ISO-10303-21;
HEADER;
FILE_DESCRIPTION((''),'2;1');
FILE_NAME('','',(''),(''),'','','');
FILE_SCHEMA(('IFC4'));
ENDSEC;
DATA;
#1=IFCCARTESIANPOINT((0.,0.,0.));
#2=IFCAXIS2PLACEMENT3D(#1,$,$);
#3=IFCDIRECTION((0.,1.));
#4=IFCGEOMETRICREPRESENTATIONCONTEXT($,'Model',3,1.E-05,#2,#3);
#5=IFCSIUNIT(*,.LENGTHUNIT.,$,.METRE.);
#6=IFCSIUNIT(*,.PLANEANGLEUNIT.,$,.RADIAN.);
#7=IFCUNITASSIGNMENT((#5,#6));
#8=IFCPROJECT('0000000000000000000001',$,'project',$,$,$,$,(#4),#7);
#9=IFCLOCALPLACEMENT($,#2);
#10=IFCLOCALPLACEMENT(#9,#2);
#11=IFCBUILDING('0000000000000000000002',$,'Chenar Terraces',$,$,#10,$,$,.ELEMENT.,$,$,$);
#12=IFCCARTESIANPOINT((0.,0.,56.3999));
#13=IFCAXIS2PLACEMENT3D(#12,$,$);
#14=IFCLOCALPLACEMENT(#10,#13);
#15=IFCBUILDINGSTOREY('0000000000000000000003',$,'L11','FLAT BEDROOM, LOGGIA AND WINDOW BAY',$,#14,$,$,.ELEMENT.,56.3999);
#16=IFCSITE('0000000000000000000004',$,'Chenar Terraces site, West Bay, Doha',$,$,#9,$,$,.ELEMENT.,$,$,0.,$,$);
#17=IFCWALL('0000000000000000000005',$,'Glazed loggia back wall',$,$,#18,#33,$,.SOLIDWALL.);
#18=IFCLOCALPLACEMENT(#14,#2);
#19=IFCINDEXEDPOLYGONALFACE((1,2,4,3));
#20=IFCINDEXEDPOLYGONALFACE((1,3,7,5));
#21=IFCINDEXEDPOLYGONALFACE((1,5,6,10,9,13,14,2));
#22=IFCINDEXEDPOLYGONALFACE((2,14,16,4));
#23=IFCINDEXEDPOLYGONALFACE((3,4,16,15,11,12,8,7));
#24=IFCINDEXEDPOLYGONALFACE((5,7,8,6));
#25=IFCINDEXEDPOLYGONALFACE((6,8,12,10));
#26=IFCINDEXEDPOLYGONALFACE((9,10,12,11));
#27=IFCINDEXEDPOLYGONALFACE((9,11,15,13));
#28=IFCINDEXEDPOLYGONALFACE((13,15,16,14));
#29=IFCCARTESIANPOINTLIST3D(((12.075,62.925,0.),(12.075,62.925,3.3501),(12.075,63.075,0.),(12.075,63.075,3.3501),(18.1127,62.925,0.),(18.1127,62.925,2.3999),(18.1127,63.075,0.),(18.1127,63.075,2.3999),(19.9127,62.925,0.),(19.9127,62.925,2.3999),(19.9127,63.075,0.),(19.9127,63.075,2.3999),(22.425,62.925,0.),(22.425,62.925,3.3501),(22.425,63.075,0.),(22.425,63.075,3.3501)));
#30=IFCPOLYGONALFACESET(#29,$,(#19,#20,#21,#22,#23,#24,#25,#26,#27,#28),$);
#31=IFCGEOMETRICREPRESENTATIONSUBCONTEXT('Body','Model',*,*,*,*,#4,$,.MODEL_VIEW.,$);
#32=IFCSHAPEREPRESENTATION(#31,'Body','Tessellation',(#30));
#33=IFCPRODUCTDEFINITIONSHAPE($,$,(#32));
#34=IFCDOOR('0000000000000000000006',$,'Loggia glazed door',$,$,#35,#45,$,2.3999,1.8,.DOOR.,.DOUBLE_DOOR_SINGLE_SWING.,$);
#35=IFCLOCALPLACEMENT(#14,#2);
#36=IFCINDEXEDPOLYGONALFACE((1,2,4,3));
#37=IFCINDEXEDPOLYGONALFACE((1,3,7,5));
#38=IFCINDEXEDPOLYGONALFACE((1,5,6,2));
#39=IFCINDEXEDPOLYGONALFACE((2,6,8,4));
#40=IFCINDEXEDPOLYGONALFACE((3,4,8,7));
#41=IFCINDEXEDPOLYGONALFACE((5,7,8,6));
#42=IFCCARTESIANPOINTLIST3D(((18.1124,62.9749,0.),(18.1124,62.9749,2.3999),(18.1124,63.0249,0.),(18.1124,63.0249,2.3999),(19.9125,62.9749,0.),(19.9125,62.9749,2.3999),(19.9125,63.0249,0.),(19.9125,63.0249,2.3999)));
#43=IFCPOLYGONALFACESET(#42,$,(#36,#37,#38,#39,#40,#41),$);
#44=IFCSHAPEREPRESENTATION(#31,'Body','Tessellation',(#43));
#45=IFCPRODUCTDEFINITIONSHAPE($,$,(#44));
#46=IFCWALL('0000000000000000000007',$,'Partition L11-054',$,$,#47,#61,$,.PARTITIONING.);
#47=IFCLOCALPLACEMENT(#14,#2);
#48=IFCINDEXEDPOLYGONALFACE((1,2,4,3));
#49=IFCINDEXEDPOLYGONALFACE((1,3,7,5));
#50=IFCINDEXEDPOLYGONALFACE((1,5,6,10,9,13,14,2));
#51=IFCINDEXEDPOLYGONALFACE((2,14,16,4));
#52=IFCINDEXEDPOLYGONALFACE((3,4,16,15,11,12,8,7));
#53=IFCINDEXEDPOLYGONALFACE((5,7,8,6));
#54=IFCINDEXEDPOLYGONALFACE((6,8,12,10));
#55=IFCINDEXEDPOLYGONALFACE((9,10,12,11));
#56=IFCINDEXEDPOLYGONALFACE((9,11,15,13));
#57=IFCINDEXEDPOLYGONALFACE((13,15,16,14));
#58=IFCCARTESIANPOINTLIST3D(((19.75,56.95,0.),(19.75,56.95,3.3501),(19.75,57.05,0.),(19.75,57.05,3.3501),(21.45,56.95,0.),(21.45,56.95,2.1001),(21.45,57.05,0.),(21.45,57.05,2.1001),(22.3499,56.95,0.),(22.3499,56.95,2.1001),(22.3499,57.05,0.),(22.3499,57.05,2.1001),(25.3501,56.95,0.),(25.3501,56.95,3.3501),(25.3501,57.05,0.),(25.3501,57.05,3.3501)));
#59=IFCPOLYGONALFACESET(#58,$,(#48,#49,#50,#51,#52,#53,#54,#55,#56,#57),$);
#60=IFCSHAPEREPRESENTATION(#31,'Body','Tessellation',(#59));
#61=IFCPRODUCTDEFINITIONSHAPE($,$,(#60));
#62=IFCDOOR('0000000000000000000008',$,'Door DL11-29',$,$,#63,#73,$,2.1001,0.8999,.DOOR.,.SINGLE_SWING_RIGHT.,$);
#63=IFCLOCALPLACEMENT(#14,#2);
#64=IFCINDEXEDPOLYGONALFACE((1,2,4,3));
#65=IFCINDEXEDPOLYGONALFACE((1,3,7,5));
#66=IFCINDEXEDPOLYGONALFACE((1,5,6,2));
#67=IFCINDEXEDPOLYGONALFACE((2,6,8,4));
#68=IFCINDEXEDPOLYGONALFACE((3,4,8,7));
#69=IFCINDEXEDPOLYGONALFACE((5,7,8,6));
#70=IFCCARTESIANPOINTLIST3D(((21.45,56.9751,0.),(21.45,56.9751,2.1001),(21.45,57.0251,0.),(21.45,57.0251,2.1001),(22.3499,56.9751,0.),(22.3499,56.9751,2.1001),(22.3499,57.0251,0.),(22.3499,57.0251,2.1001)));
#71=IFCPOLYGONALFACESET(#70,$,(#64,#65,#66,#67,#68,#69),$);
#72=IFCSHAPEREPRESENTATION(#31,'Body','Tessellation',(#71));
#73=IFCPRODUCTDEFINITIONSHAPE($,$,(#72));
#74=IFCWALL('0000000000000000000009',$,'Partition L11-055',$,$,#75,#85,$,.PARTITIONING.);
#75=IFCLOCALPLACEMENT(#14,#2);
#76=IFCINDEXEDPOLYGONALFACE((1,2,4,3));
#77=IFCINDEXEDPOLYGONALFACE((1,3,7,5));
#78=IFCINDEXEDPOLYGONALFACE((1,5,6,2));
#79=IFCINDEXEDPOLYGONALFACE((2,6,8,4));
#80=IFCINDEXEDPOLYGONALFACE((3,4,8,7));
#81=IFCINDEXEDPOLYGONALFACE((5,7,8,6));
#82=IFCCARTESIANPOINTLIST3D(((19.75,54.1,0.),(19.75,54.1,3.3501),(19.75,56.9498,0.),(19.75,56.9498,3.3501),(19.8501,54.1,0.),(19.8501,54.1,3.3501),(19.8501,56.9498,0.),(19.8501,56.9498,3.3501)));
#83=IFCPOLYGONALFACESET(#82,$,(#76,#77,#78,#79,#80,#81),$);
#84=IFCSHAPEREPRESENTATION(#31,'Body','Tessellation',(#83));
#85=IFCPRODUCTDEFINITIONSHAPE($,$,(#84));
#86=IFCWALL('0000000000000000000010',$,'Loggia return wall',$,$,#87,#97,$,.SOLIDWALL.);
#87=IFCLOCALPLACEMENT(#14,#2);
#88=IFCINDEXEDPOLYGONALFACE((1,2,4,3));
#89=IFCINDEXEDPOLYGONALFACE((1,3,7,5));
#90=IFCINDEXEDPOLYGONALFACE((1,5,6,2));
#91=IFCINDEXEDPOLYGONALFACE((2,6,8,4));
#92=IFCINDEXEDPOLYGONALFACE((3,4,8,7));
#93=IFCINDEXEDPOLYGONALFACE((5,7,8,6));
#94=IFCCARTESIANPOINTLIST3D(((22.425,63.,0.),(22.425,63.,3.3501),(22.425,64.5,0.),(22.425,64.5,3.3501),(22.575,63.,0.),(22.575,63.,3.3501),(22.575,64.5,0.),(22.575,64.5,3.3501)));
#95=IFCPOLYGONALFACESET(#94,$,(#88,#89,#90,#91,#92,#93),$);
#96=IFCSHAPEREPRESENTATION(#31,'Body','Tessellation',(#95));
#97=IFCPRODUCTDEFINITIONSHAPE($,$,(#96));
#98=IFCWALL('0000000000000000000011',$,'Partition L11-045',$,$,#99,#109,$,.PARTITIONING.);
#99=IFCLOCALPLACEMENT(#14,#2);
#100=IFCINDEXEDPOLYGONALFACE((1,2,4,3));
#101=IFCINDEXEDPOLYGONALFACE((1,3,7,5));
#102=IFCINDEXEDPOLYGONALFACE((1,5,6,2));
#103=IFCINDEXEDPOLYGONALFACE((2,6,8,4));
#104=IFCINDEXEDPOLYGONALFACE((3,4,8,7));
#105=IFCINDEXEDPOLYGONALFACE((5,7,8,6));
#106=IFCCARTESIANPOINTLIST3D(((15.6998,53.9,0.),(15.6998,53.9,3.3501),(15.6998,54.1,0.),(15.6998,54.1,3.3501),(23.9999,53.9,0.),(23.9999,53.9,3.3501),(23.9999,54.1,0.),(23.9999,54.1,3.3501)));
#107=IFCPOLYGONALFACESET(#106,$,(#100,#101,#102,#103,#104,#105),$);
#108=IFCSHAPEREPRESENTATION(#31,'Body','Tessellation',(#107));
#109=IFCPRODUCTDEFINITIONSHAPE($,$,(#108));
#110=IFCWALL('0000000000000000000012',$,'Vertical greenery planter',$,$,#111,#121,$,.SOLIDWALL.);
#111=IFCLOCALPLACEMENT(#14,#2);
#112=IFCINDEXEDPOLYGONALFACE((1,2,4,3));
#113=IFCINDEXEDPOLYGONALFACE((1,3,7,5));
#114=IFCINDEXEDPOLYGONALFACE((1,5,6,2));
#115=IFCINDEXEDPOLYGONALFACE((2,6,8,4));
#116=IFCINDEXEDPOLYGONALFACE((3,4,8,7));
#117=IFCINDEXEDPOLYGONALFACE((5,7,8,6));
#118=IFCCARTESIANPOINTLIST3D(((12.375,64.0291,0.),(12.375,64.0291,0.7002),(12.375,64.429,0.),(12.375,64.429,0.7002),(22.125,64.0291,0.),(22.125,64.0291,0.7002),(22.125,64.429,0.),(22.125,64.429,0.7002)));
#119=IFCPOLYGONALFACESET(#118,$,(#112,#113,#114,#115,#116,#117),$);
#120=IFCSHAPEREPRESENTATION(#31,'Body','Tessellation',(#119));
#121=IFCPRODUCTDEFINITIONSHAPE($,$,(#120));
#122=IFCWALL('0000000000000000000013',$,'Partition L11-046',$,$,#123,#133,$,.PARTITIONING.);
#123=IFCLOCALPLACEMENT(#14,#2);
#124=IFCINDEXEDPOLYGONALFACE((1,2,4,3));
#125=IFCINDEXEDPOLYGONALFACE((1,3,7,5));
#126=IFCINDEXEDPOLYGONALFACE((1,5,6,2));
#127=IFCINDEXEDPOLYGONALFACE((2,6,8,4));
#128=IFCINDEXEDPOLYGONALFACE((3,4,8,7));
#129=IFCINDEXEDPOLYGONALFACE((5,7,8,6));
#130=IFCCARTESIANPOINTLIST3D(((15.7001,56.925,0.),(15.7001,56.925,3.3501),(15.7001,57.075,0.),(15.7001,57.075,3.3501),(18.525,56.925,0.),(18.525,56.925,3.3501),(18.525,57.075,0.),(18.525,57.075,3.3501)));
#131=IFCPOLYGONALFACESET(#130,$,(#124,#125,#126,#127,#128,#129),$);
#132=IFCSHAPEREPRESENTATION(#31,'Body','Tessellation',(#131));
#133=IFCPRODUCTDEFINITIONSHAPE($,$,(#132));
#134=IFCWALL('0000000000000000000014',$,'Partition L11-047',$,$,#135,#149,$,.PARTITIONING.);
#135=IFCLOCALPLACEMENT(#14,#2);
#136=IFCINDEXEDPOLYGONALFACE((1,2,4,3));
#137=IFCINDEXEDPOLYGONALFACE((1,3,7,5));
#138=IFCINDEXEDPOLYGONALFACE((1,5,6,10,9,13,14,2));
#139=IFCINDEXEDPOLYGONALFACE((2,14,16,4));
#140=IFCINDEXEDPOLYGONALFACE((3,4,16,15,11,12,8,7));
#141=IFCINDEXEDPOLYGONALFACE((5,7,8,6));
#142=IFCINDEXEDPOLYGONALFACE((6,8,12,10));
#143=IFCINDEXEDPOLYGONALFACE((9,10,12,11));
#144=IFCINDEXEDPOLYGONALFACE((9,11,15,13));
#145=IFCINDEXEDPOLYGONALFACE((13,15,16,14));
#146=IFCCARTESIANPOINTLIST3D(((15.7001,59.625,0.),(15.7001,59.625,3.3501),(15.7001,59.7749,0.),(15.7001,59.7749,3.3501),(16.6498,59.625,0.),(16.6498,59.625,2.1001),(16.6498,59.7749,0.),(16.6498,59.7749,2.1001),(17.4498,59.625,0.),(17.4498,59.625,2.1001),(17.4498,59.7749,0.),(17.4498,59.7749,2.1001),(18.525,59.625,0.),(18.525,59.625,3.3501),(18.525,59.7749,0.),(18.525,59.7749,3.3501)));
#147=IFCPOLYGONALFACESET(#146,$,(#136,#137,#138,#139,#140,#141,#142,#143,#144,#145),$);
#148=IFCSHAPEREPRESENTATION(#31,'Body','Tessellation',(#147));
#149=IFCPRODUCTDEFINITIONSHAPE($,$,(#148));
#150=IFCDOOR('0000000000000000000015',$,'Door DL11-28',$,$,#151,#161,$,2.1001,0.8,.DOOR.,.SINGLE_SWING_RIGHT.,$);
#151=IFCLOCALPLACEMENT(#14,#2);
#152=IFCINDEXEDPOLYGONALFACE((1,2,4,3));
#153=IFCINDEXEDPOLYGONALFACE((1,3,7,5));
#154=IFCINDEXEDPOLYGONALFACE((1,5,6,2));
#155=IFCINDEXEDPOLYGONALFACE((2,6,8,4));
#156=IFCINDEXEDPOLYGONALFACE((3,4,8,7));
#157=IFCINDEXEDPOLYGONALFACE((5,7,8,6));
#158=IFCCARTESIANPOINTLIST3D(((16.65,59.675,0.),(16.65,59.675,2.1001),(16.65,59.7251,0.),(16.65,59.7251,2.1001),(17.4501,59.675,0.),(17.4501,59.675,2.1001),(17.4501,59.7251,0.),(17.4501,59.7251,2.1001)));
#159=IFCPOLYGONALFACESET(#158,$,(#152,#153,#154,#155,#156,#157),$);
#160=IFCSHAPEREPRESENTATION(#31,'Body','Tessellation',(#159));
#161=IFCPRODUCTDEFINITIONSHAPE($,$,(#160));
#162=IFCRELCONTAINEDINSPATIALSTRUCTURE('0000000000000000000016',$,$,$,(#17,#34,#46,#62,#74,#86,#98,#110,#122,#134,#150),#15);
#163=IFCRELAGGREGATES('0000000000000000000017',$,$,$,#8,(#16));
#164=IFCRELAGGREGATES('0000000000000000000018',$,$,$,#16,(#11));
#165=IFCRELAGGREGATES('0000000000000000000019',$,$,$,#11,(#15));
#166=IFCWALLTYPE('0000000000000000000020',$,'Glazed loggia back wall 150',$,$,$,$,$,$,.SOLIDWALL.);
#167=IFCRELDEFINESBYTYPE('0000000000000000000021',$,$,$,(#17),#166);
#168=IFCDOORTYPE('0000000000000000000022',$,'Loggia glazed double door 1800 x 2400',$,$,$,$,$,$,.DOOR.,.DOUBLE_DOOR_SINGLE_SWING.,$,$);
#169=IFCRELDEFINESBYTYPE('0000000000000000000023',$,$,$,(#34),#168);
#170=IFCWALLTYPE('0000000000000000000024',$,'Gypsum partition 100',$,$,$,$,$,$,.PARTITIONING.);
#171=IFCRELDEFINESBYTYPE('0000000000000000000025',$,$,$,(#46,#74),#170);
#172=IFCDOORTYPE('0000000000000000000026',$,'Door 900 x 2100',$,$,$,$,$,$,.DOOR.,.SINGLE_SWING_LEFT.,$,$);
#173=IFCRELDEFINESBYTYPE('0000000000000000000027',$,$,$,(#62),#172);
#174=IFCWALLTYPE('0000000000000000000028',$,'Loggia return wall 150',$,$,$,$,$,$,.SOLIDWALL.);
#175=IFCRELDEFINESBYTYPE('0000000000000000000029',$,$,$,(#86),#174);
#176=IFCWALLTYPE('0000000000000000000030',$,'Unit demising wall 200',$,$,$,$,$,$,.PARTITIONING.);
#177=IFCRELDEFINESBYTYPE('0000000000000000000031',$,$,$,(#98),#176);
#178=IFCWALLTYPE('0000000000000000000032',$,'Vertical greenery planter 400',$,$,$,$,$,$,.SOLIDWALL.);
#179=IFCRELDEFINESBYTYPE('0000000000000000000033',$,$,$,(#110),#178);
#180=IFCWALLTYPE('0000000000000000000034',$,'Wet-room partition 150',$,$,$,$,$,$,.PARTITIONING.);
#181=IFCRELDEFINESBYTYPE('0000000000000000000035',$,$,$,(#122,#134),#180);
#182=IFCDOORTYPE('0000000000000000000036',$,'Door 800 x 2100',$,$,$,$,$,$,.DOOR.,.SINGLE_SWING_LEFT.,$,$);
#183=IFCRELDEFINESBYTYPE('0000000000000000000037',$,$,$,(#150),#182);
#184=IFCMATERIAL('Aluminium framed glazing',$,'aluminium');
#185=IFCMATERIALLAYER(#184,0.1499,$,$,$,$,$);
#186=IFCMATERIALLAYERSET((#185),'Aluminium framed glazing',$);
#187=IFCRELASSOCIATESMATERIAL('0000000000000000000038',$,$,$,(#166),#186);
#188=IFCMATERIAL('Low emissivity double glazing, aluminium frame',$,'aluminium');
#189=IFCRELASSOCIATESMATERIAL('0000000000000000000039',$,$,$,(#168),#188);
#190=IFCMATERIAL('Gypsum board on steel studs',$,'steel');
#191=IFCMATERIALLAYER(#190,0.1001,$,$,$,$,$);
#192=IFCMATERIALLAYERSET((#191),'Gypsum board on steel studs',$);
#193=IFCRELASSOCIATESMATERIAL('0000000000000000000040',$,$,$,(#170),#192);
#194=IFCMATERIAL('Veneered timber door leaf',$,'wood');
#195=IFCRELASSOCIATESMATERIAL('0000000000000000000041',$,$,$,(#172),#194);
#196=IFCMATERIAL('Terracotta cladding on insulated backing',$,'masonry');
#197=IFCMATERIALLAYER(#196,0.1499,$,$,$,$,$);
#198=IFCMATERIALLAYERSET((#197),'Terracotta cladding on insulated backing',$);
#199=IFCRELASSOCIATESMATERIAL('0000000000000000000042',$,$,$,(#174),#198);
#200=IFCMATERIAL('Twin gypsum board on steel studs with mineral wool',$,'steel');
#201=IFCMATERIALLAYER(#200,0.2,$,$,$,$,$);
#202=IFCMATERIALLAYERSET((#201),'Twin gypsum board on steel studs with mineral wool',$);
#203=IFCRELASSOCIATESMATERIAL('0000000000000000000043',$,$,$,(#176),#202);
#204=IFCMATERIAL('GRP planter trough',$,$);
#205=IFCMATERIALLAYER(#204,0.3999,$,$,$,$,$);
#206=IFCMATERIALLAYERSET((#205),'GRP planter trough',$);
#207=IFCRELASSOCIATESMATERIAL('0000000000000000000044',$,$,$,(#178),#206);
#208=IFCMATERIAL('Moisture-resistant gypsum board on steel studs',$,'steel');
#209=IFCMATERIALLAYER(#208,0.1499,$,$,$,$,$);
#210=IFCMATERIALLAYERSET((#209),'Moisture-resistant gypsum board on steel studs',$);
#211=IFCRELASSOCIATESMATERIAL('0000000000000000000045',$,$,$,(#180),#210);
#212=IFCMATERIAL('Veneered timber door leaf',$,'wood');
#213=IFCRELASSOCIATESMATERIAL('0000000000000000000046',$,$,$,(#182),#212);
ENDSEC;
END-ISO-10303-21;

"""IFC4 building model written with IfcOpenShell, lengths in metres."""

from ifc_helpers import new_model, si_unit, direction, frame, frame_2d, origin, place, context, subcontext, project, spatial, rectangle, extrude, material, layer, layer_set, type_object, element, fill, save


model = new_model("IFC4")

# Units and contexts
model_context = context("Model", 3, precision=1e-05, world=origin(), true_north=direction((0.0, 1.0)))
body_context = subcontext(model_context, "Body", "Model", "MODEL_VIEW")
ifc_project = project(units=[si_unit("LENGTHUNIT", "METRE"), si_unit("PLANEANGLEUNIT", "RADIAN")], contexts=[model_context])

# Site, building, storey
site_placement = place(None, origin())
site = spatial("IfcSite", under=ifc_project, at=site_placement, Name="Chenar Terraces site, West Bay, Doha", CompositionType="ELEMENT", RefElevation=0.0)
building_placement = place(site_placement, origin())
building = spatial("IfcBuilding", under=site, at=building_placement, Name="Chenar Terraces", CompositionType="ELEMENT")
storey_placement = place(building_placement, frame((0.0, 0.0, 56.3999)))
storey = spatial("IfcBuildingStorey", under=building, at=storey_placement, Name="L11", Description="FLAT BEDROOM, LOGGIA AND WINDOW BAY", CompositionType="ELEMENT", Elevation=56.3999)

# Walls, openings, doors
ifc_material_1 = material(Name="Aluminium framed glazing", Category="aluminium")
ifc_layer_1 = layer(ifc_material_1, 0.1499)
ifc_layer_set_1 = layer_set([ifc_layer_1], Name="Aluminium framed glazing")
wall_type_1 = type_object("IfcWallType", Name="Glazed loggia back wall 150", PredefinedType="SOLIDWALL", material=ifc_layer_set_1)
wall_1_placement = place(storey_placement, frame((22.425, 63.0, 0.0), z_axis=(0.0, 0.0, 1.0), x_axis=(-1.0, 0.0, 0.0)))
wall_1 = element("IfcWall", 1, at=wall_1_placement, inside=storey, type_object=wall_type_1, Name="Glazed loggia back wall", PredefinedType="SOLIDWALL", context=body_context, shape_type="SweptSolid", body=[
    extrude(rectangle(XDim=10.3501, YDim=0.1499, at=frame_2d((5.175, 0.0))), origin(), (0.0, 0.0, 1.0), 3.3501),
])
opening_1_placement = place(wall_1_placement, frame((2.5125, 0.0, 0.0)))
opening_1 = element("IfcOpeningElement", 2, at=opening_1_placement, cuts=wall_1, PredefinedType="OPENING", context=body_context, shape_type="SweptSolid", body=[
    extrude(rectangle(XDim=1.8, YDim=2.3999, at=frame_2d((0.8999, 1.2))), frame((0.0, 0.085, 0.0), z_axis=(0.0, -1.0, 0.0), x_axis=(1.0, 0.0, 0.0)), (0.0, 0.0, 1.0), 0.1699),
])
ifc_material_2 = material(Name="Low emissivity double glazing, aluminium frame", Category="aluminium")
door_type_1 = type_object("IfcDoorType", Name="Loggia glazed double door 1800 x 2400", OperationType="DOUBLE_DOOR_SINGLE_SWING", PredefinedType="DOOR", material=ifc_material_2)
door_1_placement = place(opening_1_placement, frame((1.8, 0.0, 0.0), z_axis=(0.0, 0.0, 1.0), x_axis=(-1.0, 0.0, 0.0)))
door_1 = element("IfcDoor", 3, at=door_1_placement, inside=storey, type_object=door_type_1, Name="Loggia glazed door", OperationType="DOUBLE_DOOR_SINGLE_SWING", OverallHeight=2.3999, OverallWidth=1.8, PredefinedType="DOOR", context=body_context, shape_type="SweptSolid", body=[
    extrude(rectangle(XDim=1.8, YDim=2.3999, at=frame_2d((0.8999, 1.2))), frame((0.0, 0.0249, 0.0), z_axis=(0.0, -1.0, 0.0), x_axis=(1.0, 0.0, 0.0)), (0.0, 0.0, 1.0), 0.05),
])
fill(opening_1, door_1)
ifc_material_3 = material(Name="Gypsum board on steel studs", Category="steel")
ifc_layer_2 = layer(ifc_material_3, 0.1001)
ifc_layer_set_2 = layer_set([ifc_layer_2], Name="Gypsum board on steel studs")
wall_type_2 = type_object("IfcWallType", Name="Gypsum partition 100", PredefinedType="PARTITIONING", material=ifc_layer_set_2)
wall_2_placement = place(storey_placement, frame((19.75, 57.0, 0.0), z_axis=(0.0, 0.0, 1.0), x_axis=(1.0, 0.0, 0.0)))
wall_2 = element("IfcWall", 4, at=wall_2_placement, inside=storey, type_object=wall_type_2, Name="Partition L11-054", PredefinedType="PARTITIONING", context=body_context, shape_type="SweptSolid", body=[
    extrude(rectangle(XDim=5.6001, YDim=0.1001, at=frame_2d((2.8, 0.0))), origin(), (0.0, 0.0, 1.0), 3.3501),
])
opening_2_placement = place(wall_2_placement, frame((1.7, 0.0, 0.0)))
opening_2 = element("IfcOpeningElement", 5, at=opening_2_placement, cuts=wall_2, PredefinedType="OPENING", context=body_context, shape_type="SweptSolid", body=[
    extrude(rectangle(XDim=0.8999, YDim=2.1001, at=frame_2d((0.45, 1.05))), frame((0.0, 0.0601, 0.0), z_axis=(0.0, -1.0, 0.0), x_axis=(1.0, 0.0, 0.0)), (0.0, 0.0, 1.0), 0.1201),
])
ifc_material_4 = material(Name="Veneered timber door leaf", Category="wood")
door_type_2 = type_object("IfcDoorType", Name="Door 900 x 2100", OperationType="SINGLE_SWING_LEFT", PredefinedType="DOOR", material=ifc_material_4)
door_2_placement = place(opening_2_placement, frame((0.8999, 0.0, 0.0), z_axis=(0.0, 0.0, 1.0), x_axis=(-1.0, 0.0, 0.0)))
door_2 = element("IfcDoor", 6, at=door_2_placement, inside=storey, type_object=door_type_2, Name="Door DL11-29", OperationType="SINGLE_SWING_RIGHT", OverallHeight=2.1001, OverallWidth=0.8999, PredefinedType="DOOR", context=body_context, shape_type="SweptSolid", body=[
    extrude(rectangle(XDim=0.8999, YDim=2.1001, at=frame_2d((0.45, 1.05))), frame((0.0, 0.0249, 0.0), z_axis=(0.0, -1.0, 0.0), x_axis=(1.0, 0.0, 0.0)), (0.0, 0.0, 1.0), 0.05),
])
fill(opening_2, door_2)

# Walls
wall_3_placement = place(storey_placement, frame((19.8, 54.1001, 0.0), z_axis=(0.0, 0.0, 1.0), x_axis=(0.0, 1.0, 0.0)))
element("IfcWall", 7, at=wall_3_placement, inside=storey, type_object=wall_type_2, Name="Partition L11-055", PredefinedType="PARTITIONING", context=body_context, shape_type="SweptSolid", body=[
    extrude(rectangle(XDim=2.8499, YDim=0.1001, at=frame_2d((1.4248, 0.0))), origin(), (0.0, 0.0, 1.0), 3.3501),
])
ifc_material_5 = material(Name="Terracotta cladding on insulated backing", Category="masonry")
ifc_layer_3 = layer(ifc_material_5, 0.1499)
ifc_layer_set_3 = layer_set([ifc_layer_3], Name="Terracotta cladding on insulated backing")
wall_type_3 = type_object("IfcWallType", Name="Loggia return wall 150", PredefinedType="SOLIDWALL", material=ifc_layer_set_3)
wall_4_placement = place(storey_placement, frame((22.5, 64.5, 0.0), z_axis=(0.0, 0.0, 1.0), x_axis=(0.0, -1.0, 0.0)))
element("IfcWall", 8, at=wall_4_placement, inside=storey, type_object=wall_type_3, Name="Loggia return wall", PredefinedType="SOLIDWALL", context=body_context, shape_type="SweptSolid", body=[
    extrude(rectangle(XDim=1.5, YDim=0.1499, at=frame_2d((0.75, 0.0))), origin(), (0.0, 0.0, 1.0), 3.3501),
])
ifc_material_6 = material(Name="Twin gypsum board on steel studs with mineral wool", Category="steel")
ifc_layer_4 = layer(ifc_material_6, 0.2)
ifc_layer_set_4 = layer_set([ifc_layer_4], Name="Twin gypsum board on steel studs with mineral wool")
wall_type_4 = type_object("IfcWallType", Name="Unit demising wall 200", PredefinedType="PARTITIONING", material=ifc_layer_set_4)
wall_5_placement = place(storey_placement, frame((15.7, 54.0, 0.0), z_axis=(0.0, 0.0, 1.0), x_axis=(1.0, 0.0, 0.0)))
element("IfcWall", 9, at=wall_5_placement, inside=storey, type_object=wall_type_4, Name="Partition L11-045", PredefinedType="PARTITIONING", context=body_context, shape_type="SweptSolid", body=[
    extrude(rectangle(XDim=8.3, YDim=0.2, at=frame_2d((4.1499, 0.0))), origin(), (0.0, 0.0, 1.0), 3.3501),
])
ifc_material_7 = material(Name="GRP planter trough")
ifc_layer_5 = layer(ifc_material_7, 0.3999)
ifc_layer_set_5 = layer_set([ifc_layer_5], Name="GRP planter trough")
wall_type_5 = type_object("IfcWallType", Name="Vertical greenery planter 400", PredefinedType="SOLIDWALL", material=ifc_layer_set_5)
wall_6_placement = place(storey_placement, frame((22.125, 64.229, 0.0), z_axis=(0.0, 0.0, 1.0), x_axis=(-1.0, 0.0, 0.0)))
element("IfcWall", 10, at=wall_6_placement, inside=storey, type_object=wall_type_5, Name="Vertical greenery planter", PredefinedType="SOLIDWALL", context=body_context, shape_type="SweptSolid", body=[
    extrude(rectangle(XDim=9.75, YDim=0.3999, at=frame_2d((4.875, 0.0))), origin(), (0.0, 0.0, 1.0), 0.7002),
])
ifc_material_8 = material(Name="Moisture-resistant gypsum board on steel studs", Category="steel")
ifc_layer_6 = layer(ifc_material_8, 0.1499)
ifc_layer_set_6 = layer_set([ifc_layer_6], Name="Moisture-resistant gypsum board on steel studs")
wall_type_6 = type_object("IfcWallType", Name="Wet-room partition 150", PredefinedType="PARTITIONING", material=ifc_layer_set_6)
wall_7_placement = place(storey_placement, frame((15.7, 57.0, 0.0), z_axis=(0.0, 0.0, 1.0), x_axis=(1.0, 0.0, 0.0)))
element("IfcWall", 11, at=wall_7_placement, inside=storey, type_object=wall_type_6, Name="Partition L11-046", PredefinedType="PARTITIONING", context=body_context, shape_type="SweptSolid", body=[
    extrude(rectangle(XDim=2.825, YDim=0.1499, at=frame_2d((1.4126, 0.0))), origin(), (0.0, 0.0, 1.0), 3.3501),
])

# Wall, opening, door
wall_8_placement = place(storey_placement, frame((15.7, 59.7, 0.0), z_axis=(0.0, 0.0, 1.0), x_axis=(1.0, 0.0, 0.0)))
wall_8 = element("IfcWall", 12, at=wall_8_placement, inside=storey, type_object=wall_type_6, Name="Partition L11-047", PredefinedType="PARTITIONING", context=body_context, shape_type="SweptSolid", body=[
    extrude(rectangle(XDim=2.825, YDim=0.1499, at=frame_2d((1.4126, 0.0))), origin(), (0.0, 0.0, 1.0), 3.3501),
])
opening_3_placement = place(wall_8_placement, frame((0.95, 0.0, 0.0)))
opening_3 = element("IfcOpeningElement", 13, at=opening_3_placement, cuts=wall_8, PredefinedType="OPENING", context=body_context, shape_type="SweptSolid", body=[
    extrude(rectangle(XDim=0.8, YDim=2.1001, at=frame_2d((0.3999, 1.05))), frame((0.0, 0.085, 0.0), z_axis=(0.0, -1.0, 0.0), x_axis=(1.0, 0.0, 0.0)), (0.0, 0.0, 1.0), 0.1699),
])
ifc_material_9 = material(Name="Veneered timber door leaf", Category="wood")
door_type_3 = type_object("IfcDoorType", Name="Door 800 x 2100", OperationType="SINGLE_SWING_LEFT", PredefinedType="DOOR", material=ifc_material_9)
door_3_placement = place(opening_3_placement, frame((0.8, 0.0, 0.0), z_axis=(0.0, 0.0, 1.0), x_axis=(-1.0, 0.0, 0.0)))
door_3 = element("IfcDoor", 14, at=door_3_placement, inside=storey, type_object=door_type_3, Name="Door DL11-28", OperationType="SINGLE_SWING_RIGHT", OverallHeight=2.1001, OverallWidth=0.8, PredefinedType="DOOR", context=body_context, shape_type="SweptSolid", body=[
    extrude(rectangle(XDim=0.8, YDim=2.1001, at=frame_2d((0.3999, 1.05))), frame((0.0, 0.0249, 0.0), z_axis=(0.0, -1.0, 0.0), x_axis=(1.0, 0.0, 0.0)), (0.0, 0.0, 1.0), 0.05),
])
fill(opening_3, door_3)

save(model, "model.ifc")
